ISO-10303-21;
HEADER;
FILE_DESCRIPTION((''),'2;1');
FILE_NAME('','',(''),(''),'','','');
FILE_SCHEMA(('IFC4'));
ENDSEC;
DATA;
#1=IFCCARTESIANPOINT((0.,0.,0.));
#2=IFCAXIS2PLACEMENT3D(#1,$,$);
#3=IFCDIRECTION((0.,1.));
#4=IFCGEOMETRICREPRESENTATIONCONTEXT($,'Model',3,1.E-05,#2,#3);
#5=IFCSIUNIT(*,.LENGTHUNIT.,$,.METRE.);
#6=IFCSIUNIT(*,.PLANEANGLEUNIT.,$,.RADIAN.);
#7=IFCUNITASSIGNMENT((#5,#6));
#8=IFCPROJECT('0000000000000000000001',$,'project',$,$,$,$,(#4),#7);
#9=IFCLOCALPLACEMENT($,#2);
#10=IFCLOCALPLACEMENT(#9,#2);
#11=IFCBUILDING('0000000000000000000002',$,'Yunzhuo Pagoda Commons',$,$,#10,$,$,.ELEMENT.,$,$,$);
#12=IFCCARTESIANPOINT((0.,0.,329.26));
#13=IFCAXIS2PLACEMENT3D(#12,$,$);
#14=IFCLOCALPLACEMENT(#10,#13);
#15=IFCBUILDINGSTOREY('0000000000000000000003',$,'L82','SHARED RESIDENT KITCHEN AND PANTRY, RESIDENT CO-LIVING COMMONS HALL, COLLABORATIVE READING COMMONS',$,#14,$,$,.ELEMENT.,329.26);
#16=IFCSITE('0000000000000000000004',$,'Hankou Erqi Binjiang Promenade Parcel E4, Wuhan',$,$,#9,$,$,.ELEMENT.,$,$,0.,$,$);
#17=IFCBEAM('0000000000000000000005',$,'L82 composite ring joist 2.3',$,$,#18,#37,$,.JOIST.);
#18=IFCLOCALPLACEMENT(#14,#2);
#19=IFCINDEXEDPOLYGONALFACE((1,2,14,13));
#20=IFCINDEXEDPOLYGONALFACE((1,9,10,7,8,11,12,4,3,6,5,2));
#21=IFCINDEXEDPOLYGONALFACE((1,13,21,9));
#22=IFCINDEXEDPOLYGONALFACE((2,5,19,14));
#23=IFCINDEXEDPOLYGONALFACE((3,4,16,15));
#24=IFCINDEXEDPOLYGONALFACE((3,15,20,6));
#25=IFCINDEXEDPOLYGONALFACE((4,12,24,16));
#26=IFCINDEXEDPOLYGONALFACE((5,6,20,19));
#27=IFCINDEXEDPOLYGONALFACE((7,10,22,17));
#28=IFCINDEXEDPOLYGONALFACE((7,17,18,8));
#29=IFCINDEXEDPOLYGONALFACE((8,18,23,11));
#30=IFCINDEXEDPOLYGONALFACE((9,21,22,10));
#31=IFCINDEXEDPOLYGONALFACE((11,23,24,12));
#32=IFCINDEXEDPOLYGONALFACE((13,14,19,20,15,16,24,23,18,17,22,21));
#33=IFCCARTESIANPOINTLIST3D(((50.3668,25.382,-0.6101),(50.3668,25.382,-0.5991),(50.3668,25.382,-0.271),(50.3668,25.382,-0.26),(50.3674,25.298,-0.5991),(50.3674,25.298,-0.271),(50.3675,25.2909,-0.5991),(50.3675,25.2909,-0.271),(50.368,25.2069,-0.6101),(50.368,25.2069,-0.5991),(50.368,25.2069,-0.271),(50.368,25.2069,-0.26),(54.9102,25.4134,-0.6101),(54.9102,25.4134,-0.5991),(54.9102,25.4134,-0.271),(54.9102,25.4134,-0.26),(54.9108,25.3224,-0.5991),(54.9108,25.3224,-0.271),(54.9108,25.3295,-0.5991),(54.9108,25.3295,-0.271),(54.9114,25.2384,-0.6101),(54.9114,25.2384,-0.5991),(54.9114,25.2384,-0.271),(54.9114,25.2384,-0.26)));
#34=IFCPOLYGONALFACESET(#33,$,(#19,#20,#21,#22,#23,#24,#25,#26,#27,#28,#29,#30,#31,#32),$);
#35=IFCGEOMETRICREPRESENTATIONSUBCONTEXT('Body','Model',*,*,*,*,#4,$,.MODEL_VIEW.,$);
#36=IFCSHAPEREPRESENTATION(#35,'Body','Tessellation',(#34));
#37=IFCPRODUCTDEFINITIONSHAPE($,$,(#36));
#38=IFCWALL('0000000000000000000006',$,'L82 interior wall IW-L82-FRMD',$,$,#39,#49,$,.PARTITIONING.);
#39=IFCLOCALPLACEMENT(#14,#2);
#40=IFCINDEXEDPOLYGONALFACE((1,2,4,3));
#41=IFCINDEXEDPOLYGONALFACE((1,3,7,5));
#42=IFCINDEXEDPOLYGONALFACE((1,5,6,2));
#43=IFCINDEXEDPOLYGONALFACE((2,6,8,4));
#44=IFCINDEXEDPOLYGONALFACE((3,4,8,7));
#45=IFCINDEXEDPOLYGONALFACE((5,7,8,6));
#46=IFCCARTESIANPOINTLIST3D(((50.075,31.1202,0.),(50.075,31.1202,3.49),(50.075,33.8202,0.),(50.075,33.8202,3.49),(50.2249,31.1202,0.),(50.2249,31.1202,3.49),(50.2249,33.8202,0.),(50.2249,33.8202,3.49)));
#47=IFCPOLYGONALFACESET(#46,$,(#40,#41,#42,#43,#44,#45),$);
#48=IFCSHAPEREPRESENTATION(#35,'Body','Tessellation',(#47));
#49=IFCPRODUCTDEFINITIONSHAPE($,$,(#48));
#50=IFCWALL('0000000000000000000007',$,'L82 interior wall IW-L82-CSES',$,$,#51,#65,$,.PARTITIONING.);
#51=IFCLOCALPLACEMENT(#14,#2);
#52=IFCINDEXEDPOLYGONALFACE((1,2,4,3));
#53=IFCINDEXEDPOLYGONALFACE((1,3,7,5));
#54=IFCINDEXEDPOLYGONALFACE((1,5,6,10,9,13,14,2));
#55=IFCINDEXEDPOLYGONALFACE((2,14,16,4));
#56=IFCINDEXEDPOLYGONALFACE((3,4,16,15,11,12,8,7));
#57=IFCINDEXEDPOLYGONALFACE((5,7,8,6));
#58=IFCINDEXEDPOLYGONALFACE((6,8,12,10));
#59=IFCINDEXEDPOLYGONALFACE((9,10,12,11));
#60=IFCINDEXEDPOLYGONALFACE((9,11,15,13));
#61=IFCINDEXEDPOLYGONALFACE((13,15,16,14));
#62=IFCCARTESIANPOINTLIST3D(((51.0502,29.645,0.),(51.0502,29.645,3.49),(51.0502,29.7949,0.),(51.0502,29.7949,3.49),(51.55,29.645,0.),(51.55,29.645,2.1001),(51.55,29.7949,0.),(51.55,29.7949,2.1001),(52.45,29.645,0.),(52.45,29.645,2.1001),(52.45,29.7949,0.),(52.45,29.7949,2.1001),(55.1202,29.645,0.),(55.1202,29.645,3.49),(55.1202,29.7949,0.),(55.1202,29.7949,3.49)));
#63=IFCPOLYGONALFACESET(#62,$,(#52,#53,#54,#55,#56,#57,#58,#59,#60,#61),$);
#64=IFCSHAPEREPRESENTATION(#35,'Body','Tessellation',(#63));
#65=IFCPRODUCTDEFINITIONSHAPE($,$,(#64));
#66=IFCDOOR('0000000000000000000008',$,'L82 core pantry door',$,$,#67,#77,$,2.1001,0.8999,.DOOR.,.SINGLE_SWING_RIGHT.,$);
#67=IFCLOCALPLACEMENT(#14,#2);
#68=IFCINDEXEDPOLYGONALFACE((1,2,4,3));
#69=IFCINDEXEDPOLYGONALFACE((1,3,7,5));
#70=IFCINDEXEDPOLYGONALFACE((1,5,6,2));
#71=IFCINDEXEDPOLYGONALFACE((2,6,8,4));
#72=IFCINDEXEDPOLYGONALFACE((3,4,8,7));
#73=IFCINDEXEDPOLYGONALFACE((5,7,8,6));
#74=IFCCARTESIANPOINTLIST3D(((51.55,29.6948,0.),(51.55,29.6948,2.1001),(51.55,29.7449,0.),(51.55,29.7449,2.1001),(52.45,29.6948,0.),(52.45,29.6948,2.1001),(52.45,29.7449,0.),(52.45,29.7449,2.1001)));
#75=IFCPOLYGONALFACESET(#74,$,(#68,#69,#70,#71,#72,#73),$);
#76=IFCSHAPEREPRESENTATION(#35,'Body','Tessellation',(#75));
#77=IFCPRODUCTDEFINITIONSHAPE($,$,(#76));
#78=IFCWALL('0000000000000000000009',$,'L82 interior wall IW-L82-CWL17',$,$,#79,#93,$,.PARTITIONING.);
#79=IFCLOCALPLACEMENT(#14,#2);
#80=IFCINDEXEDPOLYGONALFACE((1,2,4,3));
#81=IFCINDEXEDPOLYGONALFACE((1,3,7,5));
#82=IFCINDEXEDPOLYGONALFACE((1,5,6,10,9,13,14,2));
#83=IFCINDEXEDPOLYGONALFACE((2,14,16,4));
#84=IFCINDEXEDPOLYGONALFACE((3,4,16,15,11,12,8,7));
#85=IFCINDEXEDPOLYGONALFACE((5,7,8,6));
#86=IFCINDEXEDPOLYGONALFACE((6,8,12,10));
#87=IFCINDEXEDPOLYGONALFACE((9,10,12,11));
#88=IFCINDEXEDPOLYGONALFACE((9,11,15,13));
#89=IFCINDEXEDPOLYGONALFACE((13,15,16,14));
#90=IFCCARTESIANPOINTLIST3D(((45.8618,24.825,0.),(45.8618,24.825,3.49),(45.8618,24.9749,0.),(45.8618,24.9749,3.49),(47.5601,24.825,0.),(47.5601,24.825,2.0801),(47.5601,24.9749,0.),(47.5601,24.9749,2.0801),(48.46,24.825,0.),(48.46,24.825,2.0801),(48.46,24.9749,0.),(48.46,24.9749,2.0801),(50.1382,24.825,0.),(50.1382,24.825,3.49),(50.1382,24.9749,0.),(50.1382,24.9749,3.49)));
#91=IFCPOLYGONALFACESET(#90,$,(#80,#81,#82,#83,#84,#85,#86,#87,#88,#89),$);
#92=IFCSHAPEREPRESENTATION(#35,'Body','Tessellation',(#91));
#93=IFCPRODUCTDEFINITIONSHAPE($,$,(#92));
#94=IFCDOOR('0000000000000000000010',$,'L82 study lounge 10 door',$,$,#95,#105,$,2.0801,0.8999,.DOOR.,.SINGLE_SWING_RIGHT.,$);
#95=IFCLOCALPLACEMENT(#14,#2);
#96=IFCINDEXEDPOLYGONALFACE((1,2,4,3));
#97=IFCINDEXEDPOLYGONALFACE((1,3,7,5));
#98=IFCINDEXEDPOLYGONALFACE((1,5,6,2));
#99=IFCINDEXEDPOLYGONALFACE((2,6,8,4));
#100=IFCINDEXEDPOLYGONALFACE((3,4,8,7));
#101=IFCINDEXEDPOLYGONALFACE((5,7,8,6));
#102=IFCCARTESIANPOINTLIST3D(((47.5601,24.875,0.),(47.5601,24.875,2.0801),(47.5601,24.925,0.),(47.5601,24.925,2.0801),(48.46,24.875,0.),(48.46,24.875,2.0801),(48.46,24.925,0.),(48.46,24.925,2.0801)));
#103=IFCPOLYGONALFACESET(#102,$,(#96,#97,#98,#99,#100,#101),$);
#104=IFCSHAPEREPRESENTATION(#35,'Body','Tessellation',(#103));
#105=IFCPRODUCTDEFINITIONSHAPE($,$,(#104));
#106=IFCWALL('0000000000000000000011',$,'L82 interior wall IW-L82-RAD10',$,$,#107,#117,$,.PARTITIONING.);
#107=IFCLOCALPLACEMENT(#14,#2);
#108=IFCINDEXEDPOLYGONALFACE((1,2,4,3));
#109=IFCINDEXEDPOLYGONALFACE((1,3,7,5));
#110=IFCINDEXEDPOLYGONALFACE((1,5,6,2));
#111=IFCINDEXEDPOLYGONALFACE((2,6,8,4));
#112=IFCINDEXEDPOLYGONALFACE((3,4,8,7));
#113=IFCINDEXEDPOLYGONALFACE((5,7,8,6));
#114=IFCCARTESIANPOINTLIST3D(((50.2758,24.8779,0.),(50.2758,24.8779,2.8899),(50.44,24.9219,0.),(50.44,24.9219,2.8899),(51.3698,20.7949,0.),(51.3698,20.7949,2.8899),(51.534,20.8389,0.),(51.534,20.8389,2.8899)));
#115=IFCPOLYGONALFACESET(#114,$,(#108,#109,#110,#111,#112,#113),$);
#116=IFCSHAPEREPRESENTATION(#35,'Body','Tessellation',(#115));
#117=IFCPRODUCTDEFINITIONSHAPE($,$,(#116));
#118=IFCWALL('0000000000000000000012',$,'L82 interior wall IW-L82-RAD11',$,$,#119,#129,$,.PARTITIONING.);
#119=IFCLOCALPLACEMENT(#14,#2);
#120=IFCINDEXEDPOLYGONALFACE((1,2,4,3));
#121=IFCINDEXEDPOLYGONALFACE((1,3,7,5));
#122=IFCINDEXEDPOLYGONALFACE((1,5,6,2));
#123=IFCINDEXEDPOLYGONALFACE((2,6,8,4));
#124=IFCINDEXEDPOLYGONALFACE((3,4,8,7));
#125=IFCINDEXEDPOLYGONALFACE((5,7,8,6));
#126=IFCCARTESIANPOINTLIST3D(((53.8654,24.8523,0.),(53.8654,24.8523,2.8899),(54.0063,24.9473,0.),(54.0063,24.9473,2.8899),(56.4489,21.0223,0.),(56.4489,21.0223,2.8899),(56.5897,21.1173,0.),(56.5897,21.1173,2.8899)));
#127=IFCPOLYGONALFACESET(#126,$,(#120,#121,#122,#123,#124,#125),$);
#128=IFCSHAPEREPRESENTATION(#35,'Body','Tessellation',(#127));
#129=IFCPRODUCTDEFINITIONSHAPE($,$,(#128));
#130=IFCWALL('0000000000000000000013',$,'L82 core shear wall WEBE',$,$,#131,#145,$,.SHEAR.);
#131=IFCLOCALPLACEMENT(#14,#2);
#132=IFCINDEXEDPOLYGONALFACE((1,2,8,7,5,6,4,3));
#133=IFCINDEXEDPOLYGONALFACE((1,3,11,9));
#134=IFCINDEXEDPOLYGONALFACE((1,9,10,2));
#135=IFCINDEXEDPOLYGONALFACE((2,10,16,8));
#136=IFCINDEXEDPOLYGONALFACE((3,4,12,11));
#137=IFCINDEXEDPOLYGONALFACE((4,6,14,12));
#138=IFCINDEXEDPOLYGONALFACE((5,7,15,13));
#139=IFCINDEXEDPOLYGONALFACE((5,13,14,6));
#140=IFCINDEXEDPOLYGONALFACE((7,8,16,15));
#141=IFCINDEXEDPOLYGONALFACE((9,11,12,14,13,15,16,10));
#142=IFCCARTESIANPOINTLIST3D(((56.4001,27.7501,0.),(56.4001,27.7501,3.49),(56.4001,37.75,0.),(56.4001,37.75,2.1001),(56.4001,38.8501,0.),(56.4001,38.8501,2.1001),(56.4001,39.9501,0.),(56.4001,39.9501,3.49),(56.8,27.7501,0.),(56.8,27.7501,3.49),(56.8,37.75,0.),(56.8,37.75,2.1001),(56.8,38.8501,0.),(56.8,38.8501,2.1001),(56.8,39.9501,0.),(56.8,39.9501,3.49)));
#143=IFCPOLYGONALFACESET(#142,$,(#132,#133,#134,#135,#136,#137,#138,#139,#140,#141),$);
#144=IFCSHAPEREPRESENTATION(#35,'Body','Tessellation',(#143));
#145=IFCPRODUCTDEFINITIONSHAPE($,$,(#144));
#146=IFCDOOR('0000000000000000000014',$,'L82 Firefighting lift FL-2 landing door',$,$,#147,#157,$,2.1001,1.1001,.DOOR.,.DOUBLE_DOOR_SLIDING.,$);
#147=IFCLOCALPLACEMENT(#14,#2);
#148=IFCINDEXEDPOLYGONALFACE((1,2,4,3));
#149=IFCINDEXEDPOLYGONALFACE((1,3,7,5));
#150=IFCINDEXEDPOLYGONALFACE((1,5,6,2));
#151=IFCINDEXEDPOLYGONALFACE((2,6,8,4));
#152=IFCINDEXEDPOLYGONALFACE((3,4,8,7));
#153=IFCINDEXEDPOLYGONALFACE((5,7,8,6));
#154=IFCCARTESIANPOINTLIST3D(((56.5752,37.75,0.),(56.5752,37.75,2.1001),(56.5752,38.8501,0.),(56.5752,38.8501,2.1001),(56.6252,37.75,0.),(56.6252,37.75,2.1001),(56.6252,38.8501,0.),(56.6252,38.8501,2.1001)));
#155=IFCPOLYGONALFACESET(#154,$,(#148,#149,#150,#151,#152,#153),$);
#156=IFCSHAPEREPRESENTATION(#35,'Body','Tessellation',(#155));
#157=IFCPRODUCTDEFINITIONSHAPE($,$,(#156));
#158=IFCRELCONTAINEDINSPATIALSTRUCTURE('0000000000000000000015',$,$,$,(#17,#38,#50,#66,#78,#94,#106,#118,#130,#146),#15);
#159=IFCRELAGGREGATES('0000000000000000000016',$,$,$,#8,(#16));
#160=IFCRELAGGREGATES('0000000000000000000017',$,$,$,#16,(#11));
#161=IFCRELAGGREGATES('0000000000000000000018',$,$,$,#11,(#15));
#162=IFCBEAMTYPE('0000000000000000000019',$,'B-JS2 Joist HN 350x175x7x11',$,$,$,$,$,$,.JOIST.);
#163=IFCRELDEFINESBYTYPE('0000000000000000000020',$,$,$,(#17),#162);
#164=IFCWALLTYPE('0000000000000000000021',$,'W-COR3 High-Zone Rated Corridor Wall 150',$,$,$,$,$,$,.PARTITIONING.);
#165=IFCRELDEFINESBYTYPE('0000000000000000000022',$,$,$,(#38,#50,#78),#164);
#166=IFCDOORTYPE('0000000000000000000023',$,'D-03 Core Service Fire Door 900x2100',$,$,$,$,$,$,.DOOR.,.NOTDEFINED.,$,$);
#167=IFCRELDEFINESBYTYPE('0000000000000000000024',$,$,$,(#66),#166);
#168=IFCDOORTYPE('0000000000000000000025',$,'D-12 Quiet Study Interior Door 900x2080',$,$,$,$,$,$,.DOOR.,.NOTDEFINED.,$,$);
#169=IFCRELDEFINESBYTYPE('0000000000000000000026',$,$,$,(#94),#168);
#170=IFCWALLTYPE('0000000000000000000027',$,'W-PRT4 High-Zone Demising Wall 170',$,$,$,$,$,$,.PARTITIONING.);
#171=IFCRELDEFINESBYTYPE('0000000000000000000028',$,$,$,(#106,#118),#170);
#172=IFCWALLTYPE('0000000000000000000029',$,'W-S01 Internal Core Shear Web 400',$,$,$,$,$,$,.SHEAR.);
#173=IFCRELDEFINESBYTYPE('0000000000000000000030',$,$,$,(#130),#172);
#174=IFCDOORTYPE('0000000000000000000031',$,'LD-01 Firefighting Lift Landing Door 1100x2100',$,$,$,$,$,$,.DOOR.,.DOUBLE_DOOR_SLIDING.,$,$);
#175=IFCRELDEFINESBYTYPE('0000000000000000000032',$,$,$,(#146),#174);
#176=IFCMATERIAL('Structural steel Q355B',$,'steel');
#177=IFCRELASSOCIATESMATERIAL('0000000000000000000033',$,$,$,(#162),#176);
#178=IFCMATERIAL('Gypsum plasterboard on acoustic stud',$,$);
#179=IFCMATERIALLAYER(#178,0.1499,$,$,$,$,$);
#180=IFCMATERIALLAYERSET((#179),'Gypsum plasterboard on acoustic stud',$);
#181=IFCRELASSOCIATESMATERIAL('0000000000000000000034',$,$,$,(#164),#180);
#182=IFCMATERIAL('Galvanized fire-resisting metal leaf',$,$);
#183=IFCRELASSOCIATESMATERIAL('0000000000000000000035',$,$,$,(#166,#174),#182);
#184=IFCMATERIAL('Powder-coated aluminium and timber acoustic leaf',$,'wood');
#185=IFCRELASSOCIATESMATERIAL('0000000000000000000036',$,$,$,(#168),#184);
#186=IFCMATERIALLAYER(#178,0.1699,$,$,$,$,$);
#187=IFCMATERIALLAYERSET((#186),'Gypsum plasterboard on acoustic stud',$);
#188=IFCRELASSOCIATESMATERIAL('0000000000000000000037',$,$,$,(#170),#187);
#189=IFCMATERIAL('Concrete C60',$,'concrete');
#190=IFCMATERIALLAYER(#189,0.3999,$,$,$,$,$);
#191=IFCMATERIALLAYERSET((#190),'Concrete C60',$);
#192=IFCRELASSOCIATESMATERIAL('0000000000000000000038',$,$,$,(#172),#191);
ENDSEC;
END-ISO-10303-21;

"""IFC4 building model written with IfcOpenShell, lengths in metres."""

from ifc_helpers import new_model, si_unit, direction, frame, frame_2d, origin, origin_with_axes, origin_2d, place, context, subcontext, project, spatial, rectangle, i_section, extrude, source, transform, mapped, material, layer, layer_set, material_profile, profile_set, type_object, element, fill, save


model = new_model("IFC4")

# Units and contexts
model_context = context("Model", 3, precision=1e-05, world=origin(), true_north=direction((0.0, 1.0)))
body_context = subcontext(model_context, "Body", "Model", "MODEL_VIEW")
ifc_project = project(units=[si_unit("LENGTHUNIT", "METRE"), si_unit("PLANEANGLEUNIT", "RADIAN")], contexts=[model_context])

# Site, building, storey
site_placement = place(None, origin())
site = spatial("IfcSite", under=ifc_project, at=site_placement, Name="Hankou Erqi Binjiang Promenade Parcel E4, Wuhan", CompositionType="ELEMENT", RefElevation=0.0)
building_placement = place(site_placement, origin())
building = spatial("IfcBuilding", under=site, at=building_placement, Name="Yunzhuo Pagoda Commons", CompositionType="ELEMENT")
storey_placement = place(building_placement, frame((0.0, 0.0, 329.26)))
storey = spatial("IfcBuildingStorey", under=building, at=storey_placement, Name="L82", Description="SHARED RESIDENT KITCHEN AND PANTRY, RESIDENT CO-LIVING COMMONS HALL, COLLABORATIVE READING COMMONS", CompositionType="ELEMENT", Elevation=329.26)

# Shared definitions
ifc_material_1 = material(Name="Structural steel Q355B", Category="steel")

# Beam
ifc_material_profile_1 = material_profile(ifc_material_1, i_section(OverallWidth=0.175, OverallDepth=0.3501, WebThickness=0.0071, FlangeThickness=0.011, at=origin_2d()), Name="Structural steel Q355B")
ifc_profile_set_1 = profile_set([ifc_material_profile_1], Name="Structural steel Q355B")
beam_type_1 = type_object("IfcBeamType", Name="B-JS2 Joist HN 350x175x7x11", PredefinedType="JOIST", material=ifc_profile_set_1)
shared_shape_1 = source(origin(), body_context, "Body", "SweptSolid", [
    extrude(i_section(OverallWidth=0.175, OverallDepth=0.3501, WebThickness=0.0071, FlangeThickness=0.011, at=origin_2d()), origin(), (0.0, 0.0, 1.0), 4.5435),
])
beam_1_placement = place(storey_placement, frame((50.3674, 25.2944, -0.4351), z_axis=(0.999976, 0.006932, 0.0), x_axis=(-0.006932, 0.999976, 0.0)))
element("IfcBeam", 1, at=beam_1_placement, inside=storey, type_object=beam_type_1, Name="L82 composite ring joist 2.3", PredefinedType="JOIST", context=body_context, shape_type="MappedRepresentation", body=[
    mapped(shared_shape_1, transform((0.0, 0.0, 0.0), scale=1.0)),
])

# Wall
ifc_material_2 = material(Name="Gypsum plasterboard on acoustic stud")
ifc_layer_1 = layer(ifc_material_2, 0.1499)
ifc_layer_set_1 = layer_set([ifc_layer_1], Name="Gypsum plasterboard on acoustic stud")
wall_type_1 = type_object("IfcWallType", Name="W-COR3 High-Zone Rated Corridor Wall 150", PredefinedType="PARTITIONING", material=ifc_layer_set_1)
wall_1_placement = place(storey_placement, frame((50.1499, 31.1201, 0.0), z_axis=(0.0, 0.0, 1.0), x_axis=(0.0, 1.0, 0.0)))
element("IfcWall", 2, at=wall_1_placement, inside=storey, type_object=wall_type_1, Name="L82 interior wall IW-L82-FRMD", PredefinedType="PARTITIONING", context=body_context, shape_type="SweptSolid", body=[
    extrude(rectangle(XDim=2.7, YDim=0.1499, at=frame_2d((1.3501, 0.0))), origin(), (0.0, 0.0, 1.0), 3.49),
])

# Walls, openings, doors
wall_2_placement = place(storey_placement, frame((51.05, 29.72, 0.0), z_axis=(0.0, 0.0, 1.0), x_axis=(1.0, 0.0, 0.0)))
wall_2 = element("IfcWall", 3, at=wall_2_placement, inside=storey, type_object=wall_type_1, Name="L82 interior wall IW-L82-CSES", PredefinedType="PARTITIONING", context=body_context, shape_type="SweptSolid", body=[
    extrude(rectangle(XDim=4.0701, YDim=0.1499, at=frame_2d((2.0352, 0.0))), origin(), (0.0, 0.0, 1.0), 3.49),
])
opening_1_placement = place(wall_2_placement, frame((0.5, 0.0, 0.0)))
opening_1 = element("IfcOpeningElement", 4, at=opening_1_placement, cuts=wall_2, PredefinedType="OPENING", context=body_context, shape_type="SweptSolid", body=[
    extrude(rectangle(XDim=0.8999, YDim=2.1001, at=frame_2d((0.45, 1.05))), frame((0.0, 0.085, 0.0), z_axis=(0.0, -1.0, 0.0), x_axis=(1.0, 0.0, 0.0)), (0.0, 0.0, 1.0), 0.1699),
])
ifc_material_3 = material(Name="Galvanized fire-resisting metal leaf")
door_type_1 = type_object("IfcDoorType", Name="D-03 Core Service Fire Door 900x2100", OperationType="NOTDEFINED", PredefinedType="DOOR", material=ifc_material_3)
shared_shape_2 = source(origin(), body_context, "Body", "SweptSolid", [
    extrude(rectangle(XDim=0.8999, YDim=2.1001, at=frame_2d((0.45, 1.05))), frame((0.0, 0.0249, 0.0), z_axis=(0.0, -1.0, 0.0), x_axis=(1.0, 0.0, 0.0)), (0.0, 0.0, 1.0), 0.05),
])
door_1_placement = place(opening_1_placement, origin_with_axes())
door_1 = element("IfcDoor", 5, at=door_1_placement, inside=storey, type_object=door_type_1, Name="L82 core pantry door", OperationType="SINGLE_SWING_RIGHT", OverallHeight=2.1001, OverallWidth=0.8999, PredefinedType="DOOR", context=body_context, shape_type="MappedRepresentation", body=[
    mapped(shared_shape_2, transform((0.0, 0.0, 0.0), scale=1.0)),
])
fill(opening_1, door_1)
wall_3_placement = place(storey_placement, frame((50.1382, 24.8999, 0.0), z_axis=(0.0, 0.0, 1.0), x_axis=(-1.0, 0.0, 0.0)))
wall_3 = element("IfcWall", 6, at=wall_3_placement, inside=storey, type_object=wall_type_1, Name="L82 interior wall IW-L82-CWL17", PredefinedType="PARTITIONING", context=body_context, shape_type="SweptSolid", body=[
    extrude(rectangle(XDim=4.2764, YDim=0.1499, at=frame_2d((2.1382, 0.0))), origin(), (0.0, 0.0, 1.0), 3.49),
])
opening_2_placement = place(wall_3_placement, frame((1.6782, 0.0, 0.0)))
opening_2 = element("IfcOpeningElement", 7, at=opening_2_placement, cuts=wall_3, PredefinedType="OPENING", context=body_context, shape_type="SweptSolid", body=[
    extrude(rectangle(XDim=0.8999, YDim=2.0801, at=frame_2d((0.45, 1.04))), frame((0.0, 0.085, 0.0), z_axis=(0.0, -1.0, 0.0), x_axis=(1.0, 0.0, 0.0)), (0.0, 0.0, 1.0), 0.1699),
])
ifc_material_4 = material(Name="Powder-coated aluminium and timber acoustic leaf", Category="wood")
door_type_2 = type_object("IfcDoorType", Name="D-12 Quiet Study Interior Door 900x2080", OperationType="NOTDEFINED", PredefinedType="DOOR", material=ifc_material_4)
shared_shape_3 = source(origin(), body_context, "Body", "SweptSolid", [
    extrude(rectangle(XDim=0.8999, YDim=2.0801, at=frame_2d((0.45, 1.04))), frame((0.0, 0.0249, 0.0), z_axis=(0.0, -1.0, 0.0), x_axis=(1.0, 0.0, 0.0)), (0.0, 0.0, 1.0), 0.05),
])
door_2_placement = place(opening_2_placement, origin_with_axes())
door_2 = element("IfcDoor", 8, at=door_2_placement, inside=storey, type_object=door_type_2, Name="L82 study lounge 10 door", OperationType="SINGLE_SWING_RIGHT", OverallHeight=2.0801, OverallWidth=0.8999, PredefinedType="DOOR", context=body_context, shape_type="MappedRepresentation", body=[
    mapped(shared_shape_3, transform((0.0, 0.0, 0.0), scale=1.0)),
])
fill(opening_2, door_2)

# Walls
ifc_layer_2 = layer(ifc_material_2, 0.1699)
ifc_layer_set_2 = layer_set([ifc_layer_2], Name="Gypsum plasterboard on acoustic stud")
wall_type_2 = type_object("IfcWallType", Name="W-PRT4 High-Zone Demising Wall 170", PredefinedType="PARTITIONING", material=ifc_layer_set_2)
wall_4_placement = place(storey_placement, frame((50.3579, 24.8999, 0.0), z_axis=(0.0, 0.0, 1.0), x_axis=(0.258809, -0.965928, 0.0)))
element("IfcWall", 9, at=wall_4_placement, inside=storey, type_object=wall_type_2, Name="L82 interior wall IW-L82-RAD10", PredefinedType="PARTITIONING", context=body_context, shape_type="SweptSolid", body=[
    extrude(rectangle(XDim=4.2271, YDim=0.1699, at=frame_2d((2.1135, 0.0))), origin(), (0.0, 0.0, 1.0), 2.8899),
])
wall_5_placement = place(storey_placement, frame((53.9358, 24.8999, 0.0), z_axis=(0.0, 0.0, 1.0), x_axis=(0.559204, -0.82903, 0.0)))
element("IfcWall", 10, at=wall_5_placement, inside=storey, type_object=wall_type_2, Name="L82 interior wall IW-L82-RAD11", PredefinedType="PARTITIONING", context=body_context, shape_type="SweptSolid", body=[
    extrude(rectangle(XDim=4.6199, YDim=0.1699, at=frame_2d((2.3101, 0.0))), origin(), (0.0, 0.0, 1.0), 2.8899),
])

# Wall, opening, door
ifc_material_5 = material(Name="Concrete C60", Category="concrete")
ifc_layer_3 = layer(ifc_material_5, 0.3999)
ifc_layer_set_3 = layer_set([ifc_layer_3], Name="Concrete C60")
wall_type_3 = type_object("IfcWallType", Name="W-S01 Internal Core Shear Web 400", PredefinedType="SHEAR", material=ifc_layer_set_3)
wall_6_placement = place(storey_placement, frame((56.6001, 27.75, 0.0), z_axis=(0.0, 0.0, 1.0), x_axis=(0.0, 1.0, 0.0)))
wall_6 = element("IfcWall", 11, at=wall_6_placement, inside=storey, type_object=wall_type_3, Name="L82 core shear wall WEBE", PredefinedType="SHEAR", context=body_context, shape_type="SweptSolid", body=[
    extrude(rectangle(XDim=12.2, YDim=0.3999, at=frame_2d((6.1001, 0.0))), origin(), (0.0, 0.0, 1.0), 3.49),
])
opening_3_placement = place(wall_6_placement, frame((10.0, 0.0, 0.0)))
opening_3 = element("IfcOpeningElement", 12, at=opening_3_placement, cuts=wall_6, PredefinedType="OPENING", context=body_context, shape_type="SweptSolid", body=[
    extrude(rectangle(XDim=1.1001, YDim=2.1001, at=frame_2d((0.55, 1.05))), frame((0.0, 0.21, 0.0), z_axis=(0.0, -1.0, 0.0), x_axis=(1.0, 0.0, 0.0)), (0.0, 0.0, 1.0), 0.4199),
])
door_type_3 = type_object("IfcDoorType", Name="LD-01 Firefighting Lift Landing Door 1100x2100", OperationType="DOUBLE_DOOR_SLIDING", PredefinedType="DOOR", material=ifc_material_3)
shared_shape_4 = source(origin(), body_context, "Body", "SweptSolid", [
    extrude(rectangle(XDim=1.1001, YDim=2.1001, at=frame_2d((0.55, 1.05))), frame((0.0, 0.0249, 0.0), z_axis=(0.0, -1.0, 0.0), x_axis=(1.0, 0.0, 0.0)), (0.0, 0.0, 1.0), 0.05),
])
door_3_placement = place(opening_3_placement, origin_with_axes())
door_3 = element("IfcDoor", 13, at=door_3_placement, inside=storey, type_object=door_type_3, Name="L82 Firefighting lift FL-2 landing door", OperationType="DOUBLE_DOOR_SLIDING", OverallHeight=2.1001, OverallWidth=1.1001, PredefinedType="DOOR", context=body_context, shape_type="MappedRepresentation", body=[
    mapped(shared_shape_4, transform((0.0, 0.0, 0.0), scale=1.0)),
])
fill(opening_3, door_3)

save(model, "model.ifc")
